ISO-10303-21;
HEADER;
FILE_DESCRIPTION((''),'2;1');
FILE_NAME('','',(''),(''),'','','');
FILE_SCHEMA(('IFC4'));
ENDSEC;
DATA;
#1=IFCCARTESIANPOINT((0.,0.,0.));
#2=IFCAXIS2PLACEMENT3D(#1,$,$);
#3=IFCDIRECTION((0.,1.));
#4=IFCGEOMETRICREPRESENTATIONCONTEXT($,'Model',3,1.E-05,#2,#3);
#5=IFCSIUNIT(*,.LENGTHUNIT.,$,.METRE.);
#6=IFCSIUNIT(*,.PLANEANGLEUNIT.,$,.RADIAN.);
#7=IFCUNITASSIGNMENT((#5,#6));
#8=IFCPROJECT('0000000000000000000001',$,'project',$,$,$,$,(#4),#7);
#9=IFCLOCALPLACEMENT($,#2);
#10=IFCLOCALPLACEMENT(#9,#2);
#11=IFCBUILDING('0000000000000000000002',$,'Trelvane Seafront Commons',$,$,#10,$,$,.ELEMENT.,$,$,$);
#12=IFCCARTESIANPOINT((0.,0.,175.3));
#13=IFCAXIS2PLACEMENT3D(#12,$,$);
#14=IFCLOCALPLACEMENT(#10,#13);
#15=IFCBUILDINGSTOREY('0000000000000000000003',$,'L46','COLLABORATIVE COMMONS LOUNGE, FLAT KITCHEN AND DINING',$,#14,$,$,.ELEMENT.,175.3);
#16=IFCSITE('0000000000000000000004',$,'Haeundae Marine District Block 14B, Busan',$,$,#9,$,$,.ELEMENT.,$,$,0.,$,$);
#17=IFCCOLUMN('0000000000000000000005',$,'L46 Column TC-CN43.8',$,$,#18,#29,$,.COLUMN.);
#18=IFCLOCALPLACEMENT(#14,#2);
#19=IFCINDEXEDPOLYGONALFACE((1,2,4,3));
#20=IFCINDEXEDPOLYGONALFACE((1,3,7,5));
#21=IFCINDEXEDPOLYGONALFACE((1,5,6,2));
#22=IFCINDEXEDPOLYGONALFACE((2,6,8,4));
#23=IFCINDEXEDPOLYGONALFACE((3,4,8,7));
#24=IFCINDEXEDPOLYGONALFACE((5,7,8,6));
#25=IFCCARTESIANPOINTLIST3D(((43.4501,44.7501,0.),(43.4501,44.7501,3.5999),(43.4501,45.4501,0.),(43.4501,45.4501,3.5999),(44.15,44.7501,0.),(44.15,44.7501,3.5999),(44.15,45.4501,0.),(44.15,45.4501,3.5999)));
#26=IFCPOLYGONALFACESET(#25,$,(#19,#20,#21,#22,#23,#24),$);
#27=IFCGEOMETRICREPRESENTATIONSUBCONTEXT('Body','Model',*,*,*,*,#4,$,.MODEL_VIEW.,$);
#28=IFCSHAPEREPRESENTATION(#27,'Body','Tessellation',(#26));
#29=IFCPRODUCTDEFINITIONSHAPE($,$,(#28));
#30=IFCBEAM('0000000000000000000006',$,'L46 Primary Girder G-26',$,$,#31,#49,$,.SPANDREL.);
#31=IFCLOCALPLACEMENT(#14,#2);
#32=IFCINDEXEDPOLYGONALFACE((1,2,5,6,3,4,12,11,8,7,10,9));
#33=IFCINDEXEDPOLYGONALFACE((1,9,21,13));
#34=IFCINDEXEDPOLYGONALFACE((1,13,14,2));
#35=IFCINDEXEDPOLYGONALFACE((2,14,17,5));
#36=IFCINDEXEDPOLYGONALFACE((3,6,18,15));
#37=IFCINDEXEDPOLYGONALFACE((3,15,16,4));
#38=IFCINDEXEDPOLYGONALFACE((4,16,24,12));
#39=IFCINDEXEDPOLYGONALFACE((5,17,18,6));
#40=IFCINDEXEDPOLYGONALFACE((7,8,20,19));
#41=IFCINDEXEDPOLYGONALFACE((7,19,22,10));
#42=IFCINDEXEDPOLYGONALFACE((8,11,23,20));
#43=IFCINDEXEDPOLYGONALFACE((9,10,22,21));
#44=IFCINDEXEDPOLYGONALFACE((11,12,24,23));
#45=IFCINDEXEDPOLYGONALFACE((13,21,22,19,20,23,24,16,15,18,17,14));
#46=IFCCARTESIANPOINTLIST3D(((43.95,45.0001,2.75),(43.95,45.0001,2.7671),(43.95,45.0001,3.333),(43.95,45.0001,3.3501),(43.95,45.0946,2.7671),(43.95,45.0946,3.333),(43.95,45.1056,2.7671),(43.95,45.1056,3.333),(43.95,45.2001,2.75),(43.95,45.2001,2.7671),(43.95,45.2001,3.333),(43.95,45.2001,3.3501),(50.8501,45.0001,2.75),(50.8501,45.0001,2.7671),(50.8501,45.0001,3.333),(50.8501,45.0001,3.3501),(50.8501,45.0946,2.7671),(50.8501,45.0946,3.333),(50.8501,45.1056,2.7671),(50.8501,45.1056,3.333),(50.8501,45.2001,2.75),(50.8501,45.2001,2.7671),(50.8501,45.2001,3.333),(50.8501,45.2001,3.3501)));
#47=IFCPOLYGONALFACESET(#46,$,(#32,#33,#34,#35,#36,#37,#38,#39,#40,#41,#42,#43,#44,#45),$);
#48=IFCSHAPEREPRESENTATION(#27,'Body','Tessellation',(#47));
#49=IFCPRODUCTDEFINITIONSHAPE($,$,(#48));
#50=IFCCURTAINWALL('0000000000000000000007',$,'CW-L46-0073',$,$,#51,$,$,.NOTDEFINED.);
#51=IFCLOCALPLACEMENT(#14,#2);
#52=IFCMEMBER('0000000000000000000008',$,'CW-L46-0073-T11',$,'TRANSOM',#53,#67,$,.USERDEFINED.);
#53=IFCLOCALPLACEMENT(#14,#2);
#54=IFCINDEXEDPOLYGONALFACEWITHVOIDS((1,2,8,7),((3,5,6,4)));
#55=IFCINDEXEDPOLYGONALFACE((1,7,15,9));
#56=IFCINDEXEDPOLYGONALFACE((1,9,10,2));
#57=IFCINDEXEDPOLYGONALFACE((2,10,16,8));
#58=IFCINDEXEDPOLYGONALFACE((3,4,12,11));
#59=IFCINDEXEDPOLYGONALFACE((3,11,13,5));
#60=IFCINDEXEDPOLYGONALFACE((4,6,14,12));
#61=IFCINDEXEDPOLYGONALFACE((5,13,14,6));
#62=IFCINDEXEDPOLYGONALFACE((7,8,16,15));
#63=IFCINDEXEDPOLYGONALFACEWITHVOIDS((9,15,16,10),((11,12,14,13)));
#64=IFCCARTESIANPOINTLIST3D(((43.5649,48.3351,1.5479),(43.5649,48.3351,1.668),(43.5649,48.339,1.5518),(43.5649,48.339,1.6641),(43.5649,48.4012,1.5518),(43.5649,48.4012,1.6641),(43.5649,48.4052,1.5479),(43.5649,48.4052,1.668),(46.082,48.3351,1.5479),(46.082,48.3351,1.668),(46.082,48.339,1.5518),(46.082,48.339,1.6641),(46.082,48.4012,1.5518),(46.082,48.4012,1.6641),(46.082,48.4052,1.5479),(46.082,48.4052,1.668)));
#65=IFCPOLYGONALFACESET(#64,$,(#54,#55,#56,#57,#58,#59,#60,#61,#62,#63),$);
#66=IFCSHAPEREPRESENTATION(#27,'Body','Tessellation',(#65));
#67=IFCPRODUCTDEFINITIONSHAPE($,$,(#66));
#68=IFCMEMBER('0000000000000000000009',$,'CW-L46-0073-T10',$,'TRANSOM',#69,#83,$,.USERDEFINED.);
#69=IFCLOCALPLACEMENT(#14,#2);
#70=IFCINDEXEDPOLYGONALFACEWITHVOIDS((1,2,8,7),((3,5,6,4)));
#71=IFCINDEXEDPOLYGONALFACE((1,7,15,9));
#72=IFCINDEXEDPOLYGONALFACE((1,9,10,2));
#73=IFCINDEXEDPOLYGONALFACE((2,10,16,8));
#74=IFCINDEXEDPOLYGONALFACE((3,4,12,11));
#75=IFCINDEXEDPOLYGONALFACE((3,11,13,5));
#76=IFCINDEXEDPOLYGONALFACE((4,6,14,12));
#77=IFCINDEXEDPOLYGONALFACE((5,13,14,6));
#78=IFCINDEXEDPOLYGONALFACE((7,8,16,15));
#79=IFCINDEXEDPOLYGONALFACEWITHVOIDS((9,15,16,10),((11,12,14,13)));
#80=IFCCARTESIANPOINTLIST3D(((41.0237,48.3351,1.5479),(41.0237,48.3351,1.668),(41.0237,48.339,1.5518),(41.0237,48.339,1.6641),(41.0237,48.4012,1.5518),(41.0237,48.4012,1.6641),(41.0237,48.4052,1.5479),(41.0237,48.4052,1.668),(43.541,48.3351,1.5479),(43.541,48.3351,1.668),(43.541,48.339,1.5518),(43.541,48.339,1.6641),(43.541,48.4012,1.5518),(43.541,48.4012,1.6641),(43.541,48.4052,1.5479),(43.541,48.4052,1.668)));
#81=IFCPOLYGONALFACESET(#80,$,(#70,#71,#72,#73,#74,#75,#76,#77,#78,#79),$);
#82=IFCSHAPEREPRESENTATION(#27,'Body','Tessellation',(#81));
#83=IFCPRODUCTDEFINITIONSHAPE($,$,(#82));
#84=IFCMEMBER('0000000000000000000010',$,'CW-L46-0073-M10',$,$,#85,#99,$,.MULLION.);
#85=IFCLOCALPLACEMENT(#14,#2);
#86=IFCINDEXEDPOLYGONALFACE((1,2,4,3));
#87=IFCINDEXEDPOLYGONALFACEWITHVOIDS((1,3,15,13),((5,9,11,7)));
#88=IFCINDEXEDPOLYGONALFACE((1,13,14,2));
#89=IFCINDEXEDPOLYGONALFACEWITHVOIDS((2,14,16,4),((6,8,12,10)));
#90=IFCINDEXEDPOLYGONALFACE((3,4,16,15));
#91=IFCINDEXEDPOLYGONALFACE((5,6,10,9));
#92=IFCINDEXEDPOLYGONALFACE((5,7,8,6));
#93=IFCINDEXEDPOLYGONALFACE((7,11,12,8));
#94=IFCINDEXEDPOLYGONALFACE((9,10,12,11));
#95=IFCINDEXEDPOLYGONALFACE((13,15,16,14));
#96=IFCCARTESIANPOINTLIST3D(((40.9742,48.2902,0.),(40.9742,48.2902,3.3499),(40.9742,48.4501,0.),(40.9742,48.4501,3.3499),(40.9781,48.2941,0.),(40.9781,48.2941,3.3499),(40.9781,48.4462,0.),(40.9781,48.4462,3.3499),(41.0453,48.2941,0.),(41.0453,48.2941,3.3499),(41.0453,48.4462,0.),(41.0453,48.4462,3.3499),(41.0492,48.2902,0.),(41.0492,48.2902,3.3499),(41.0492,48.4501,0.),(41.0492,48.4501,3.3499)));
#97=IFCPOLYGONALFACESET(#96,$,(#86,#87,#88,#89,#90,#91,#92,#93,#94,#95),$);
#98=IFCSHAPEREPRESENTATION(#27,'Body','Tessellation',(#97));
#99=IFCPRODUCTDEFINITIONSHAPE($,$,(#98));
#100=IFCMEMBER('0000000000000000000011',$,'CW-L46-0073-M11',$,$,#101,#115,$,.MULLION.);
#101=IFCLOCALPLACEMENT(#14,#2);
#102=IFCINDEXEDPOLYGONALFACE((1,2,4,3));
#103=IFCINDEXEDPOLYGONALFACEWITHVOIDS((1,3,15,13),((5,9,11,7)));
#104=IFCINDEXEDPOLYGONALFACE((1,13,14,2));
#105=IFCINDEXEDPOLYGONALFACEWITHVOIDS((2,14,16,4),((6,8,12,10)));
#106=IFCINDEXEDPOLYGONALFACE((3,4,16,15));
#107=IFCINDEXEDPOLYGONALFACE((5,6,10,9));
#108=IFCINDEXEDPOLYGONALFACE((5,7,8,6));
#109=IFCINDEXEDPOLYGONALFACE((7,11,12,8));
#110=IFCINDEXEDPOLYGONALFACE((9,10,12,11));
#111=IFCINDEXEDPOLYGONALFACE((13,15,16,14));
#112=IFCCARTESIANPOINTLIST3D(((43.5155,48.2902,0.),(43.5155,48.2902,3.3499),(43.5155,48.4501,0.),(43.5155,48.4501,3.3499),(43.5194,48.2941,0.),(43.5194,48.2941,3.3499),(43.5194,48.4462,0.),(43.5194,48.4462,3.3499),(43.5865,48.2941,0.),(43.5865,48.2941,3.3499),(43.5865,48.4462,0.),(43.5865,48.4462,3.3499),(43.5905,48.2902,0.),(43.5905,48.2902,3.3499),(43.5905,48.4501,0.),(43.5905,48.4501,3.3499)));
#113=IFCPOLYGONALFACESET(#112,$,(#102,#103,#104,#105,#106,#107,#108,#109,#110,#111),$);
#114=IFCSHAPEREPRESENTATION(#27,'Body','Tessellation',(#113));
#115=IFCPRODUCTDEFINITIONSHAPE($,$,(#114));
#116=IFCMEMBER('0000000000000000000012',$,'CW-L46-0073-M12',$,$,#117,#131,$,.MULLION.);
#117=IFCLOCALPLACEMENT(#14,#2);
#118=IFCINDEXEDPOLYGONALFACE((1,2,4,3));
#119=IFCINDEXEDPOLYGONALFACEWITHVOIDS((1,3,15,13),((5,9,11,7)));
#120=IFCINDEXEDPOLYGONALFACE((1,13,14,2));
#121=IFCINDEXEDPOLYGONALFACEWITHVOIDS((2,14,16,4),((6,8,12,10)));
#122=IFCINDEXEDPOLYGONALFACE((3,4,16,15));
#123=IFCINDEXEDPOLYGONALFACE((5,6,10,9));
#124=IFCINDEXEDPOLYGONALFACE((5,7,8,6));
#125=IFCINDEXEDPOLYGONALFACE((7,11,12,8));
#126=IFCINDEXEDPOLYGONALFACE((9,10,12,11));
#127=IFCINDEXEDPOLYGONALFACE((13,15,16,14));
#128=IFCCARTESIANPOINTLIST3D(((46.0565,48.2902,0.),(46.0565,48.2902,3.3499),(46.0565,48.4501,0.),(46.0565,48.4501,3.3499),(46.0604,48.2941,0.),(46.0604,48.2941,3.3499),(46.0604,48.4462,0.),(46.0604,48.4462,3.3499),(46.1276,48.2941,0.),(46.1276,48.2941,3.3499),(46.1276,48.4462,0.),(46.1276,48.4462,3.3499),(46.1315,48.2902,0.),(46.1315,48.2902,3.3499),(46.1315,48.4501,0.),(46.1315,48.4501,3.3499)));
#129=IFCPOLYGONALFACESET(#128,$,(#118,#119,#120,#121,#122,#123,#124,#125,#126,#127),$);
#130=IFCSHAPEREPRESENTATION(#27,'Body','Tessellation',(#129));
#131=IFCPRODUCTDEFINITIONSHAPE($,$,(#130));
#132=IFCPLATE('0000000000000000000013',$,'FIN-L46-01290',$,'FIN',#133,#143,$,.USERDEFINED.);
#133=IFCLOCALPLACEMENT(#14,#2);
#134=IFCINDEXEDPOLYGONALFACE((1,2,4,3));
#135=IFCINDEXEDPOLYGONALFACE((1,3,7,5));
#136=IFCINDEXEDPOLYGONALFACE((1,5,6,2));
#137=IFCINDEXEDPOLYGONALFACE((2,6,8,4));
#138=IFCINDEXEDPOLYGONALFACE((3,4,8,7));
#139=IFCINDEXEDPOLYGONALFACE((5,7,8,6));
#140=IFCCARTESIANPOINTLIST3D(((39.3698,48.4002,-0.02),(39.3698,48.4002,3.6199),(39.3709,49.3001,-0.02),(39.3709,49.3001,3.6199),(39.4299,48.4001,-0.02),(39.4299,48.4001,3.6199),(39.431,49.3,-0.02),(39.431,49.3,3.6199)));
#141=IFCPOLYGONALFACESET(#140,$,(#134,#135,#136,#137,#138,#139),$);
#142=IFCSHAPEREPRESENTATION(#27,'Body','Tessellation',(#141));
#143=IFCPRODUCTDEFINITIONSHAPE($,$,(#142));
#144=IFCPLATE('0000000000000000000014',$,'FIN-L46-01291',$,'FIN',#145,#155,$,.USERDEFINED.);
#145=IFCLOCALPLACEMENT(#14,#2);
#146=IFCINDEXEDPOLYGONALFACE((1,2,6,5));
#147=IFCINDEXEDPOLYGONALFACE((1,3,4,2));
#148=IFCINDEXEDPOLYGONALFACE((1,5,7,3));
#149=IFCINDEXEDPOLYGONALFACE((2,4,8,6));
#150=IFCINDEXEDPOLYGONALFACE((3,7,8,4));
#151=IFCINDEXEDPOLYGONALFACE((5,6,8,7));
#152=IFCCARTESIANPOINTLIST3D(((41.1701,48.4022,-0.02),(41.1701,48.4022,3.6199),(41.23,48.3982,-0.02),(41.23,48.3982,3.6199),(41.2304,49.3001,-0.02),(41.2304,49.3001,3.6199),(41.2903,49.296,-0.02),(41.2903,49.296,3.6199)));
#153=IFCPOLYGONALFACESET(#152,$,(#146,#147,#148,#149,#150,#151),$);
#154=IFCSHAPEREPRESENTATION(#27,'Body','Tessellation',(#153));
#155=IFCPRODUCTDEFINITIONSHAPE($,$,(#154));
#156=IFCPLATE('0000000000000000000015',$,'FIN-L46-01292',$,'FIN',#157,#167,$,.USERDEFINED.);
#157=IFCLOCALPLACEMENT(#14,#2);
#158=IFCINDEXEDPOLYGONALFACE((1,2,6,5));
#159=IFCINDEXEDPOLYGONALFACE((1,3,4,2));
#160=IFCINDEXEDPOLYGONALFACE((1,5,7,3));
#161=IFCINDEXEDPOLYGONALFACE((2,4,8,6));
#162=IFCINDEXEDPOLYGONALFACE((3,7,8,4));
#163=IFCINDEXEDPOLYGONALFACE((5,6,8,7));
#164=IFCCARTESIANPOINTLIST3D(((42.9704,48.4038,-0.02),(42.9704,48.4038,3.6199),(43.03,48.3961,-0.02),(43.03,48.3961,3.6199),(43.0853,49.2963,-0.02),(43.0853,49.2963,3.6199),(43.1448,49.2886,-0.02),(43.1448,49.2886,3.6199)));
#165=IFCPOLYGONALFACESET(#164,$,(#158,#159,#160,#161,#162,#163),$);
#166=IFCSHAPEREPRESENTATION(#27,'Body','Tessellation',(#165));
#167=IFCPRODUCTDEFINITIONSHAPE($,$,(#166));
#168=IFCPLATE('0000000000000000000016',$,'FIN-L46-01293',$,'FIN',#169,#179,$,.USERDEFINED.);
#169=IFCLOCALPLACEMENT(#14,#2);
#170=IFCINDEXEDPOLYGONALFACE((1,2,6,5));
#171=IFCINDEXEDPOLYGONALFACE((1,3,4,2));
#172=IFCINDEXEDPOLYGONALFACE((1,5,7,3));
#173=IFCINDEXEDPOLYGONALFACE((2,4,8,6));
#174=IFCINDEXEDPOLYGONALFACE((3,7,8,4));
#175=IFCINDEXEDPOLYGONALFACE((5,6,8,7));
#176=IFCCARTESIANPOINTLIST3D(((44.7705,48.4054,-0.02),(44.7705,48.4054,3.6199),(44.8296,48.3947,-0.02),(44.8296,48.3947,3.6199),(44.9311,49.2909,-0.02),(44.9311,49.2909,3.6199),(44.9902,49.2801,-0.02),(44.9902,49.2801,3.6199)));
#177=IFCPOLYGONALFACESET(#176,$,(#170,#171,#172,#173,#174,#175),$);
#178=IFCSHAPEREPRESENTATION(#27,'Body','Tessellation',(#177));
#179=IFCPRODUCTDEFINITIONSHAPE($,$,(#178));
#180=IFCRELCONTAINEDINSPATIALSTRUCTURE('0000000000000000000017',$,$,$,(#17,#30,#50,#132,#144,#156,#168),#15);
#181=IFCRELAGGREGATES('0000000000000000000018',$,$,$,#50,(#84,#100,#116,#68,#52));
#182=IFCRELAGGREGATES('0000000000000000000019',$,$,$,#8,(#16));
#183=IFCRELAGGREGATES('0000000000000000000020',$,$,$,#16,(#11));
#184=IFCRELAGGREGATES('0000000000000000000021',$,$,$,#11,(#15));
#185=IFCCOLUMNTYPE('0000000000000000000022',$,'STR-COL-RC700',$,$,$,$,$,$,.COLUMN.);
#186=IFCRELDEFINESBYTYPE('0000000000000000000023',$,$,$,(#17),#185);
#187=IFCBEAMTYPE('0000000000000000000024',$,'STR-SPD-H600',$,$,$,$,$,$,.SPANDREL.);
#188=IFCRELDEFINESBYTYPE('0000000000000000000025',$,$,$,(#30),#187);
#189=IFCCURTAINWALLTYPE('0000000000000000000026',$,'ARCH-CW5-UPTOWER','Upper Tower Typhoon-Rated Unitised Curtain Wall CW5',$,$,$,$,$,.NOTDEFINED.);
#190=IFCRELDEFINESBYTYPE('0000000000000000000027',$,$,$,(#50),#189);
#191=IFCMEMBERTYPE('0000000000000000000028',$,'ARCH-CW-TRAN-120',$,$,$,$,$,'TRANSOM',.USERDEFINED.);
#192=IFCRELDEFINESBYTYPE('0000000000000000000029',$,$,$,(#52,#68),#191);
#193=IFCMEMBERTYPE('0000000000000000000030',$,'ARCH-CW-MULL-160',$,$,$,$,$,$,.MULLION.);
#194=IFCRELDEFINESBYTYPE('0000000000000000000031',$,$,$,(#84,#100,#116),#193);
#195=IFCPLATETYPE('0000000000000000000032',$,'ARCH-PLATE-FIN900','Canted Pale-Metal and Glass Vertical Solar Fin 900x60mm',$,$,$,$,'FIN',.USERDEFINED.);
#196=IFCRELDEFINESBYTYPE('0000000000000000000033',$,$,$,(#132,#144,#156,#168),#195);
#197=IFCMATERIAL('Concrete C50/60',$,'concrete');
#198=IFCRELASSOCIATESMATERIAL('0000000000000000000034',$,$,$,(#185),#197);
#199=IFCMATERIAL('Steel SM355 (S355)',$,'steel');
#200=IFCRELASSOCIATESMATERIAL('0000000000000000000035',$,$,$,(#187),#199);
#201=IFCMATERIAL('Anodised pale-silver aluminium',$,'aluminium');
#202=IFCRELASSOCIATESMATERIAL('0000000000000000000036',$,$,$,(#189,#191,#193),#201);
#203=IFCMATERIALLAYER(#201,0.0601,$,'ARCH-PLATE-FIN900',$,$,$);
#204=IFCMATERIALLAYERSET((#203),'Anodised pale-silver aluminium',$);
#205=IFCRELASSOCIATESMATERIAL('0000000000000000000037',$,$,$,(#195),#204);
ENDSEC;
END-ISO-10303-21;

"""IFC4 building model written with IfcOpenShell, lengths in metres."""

from ifc_helpers import new_model, si_unit, direction, frame, origin, origin_2d, place, context, subcontext, project, spatial, rectangle, hollow_rectangle, i_section, extrude, source, transform, mapped, material, layer, layer_set, material_profile, profile_set, type_object, element, aggregate, save


model = new_model("IFC4")

# Units and contexts
model_context = context("Model", 3, precision=1e-05, world=origin(), true_north=direction((0.0, 1.0)))
body_context = subcontext(model_context, "Body", "Model", "MODEL_VIEW")
ifc_project = project(units=[si_unit("LENGTHUNIT", "METRE"), si_unit("PLANEANGLEUNIT", "RADIAN")], contexts=[model_context])

# Site, building, storey
site_placement = place(None, origin())
site = spatial("IfcSite", under=ifc_project, at=site_placement, Name="Haeundae Marine District Block 14B, Busan", CompositionType="ELEMENT", RefElevation=0.0)
building_placement = place(site_placement, origin())
building = spatial("IfcBuilding", under=site, at=building_placement, Name="Trelvane Seafront Commons", CompositionType="ELEMENT")
storey_placement = place(building_placement, frame((0.0, 0.0, 175.3)))
storey = spatial("IfcBuildingStorey", under=building, at=storey_placement, Name="L46", Description="COLLABORATIVE COMMONS LOUNGE, FLAT KITCHEN AND DINING", CompositionType="ELEMENT", Elevation=175.3)

# Column
ifc_material_1 = material(Name="Concrete C50/60", Category="concrete")
ifc_material_profile_1 = material_profile(ifc_material_1, rectangle(XDim=0.7, YDim=0.7, at=origin_2d()), Name="RC-700x700")
ifc_profile_set_1 = profile_set([ifc_material_profile_1], Name="Concrete C50/60")
column_type = type_object("IfcColumnType", Name="STR-COL-RC700", PredefinedType="COLUMN", material=ifc_profile_set_1)
shared_shape_1 = source(origin(), body_context, "Body", "SweptSolid", [
    extrude(rectangle(XDim=0.7, YDim=0.7, at=origin_2d()), origin(), (0.0, 0.0, 1.0), 3.5999),
])
column_placement = place(storey_placement, frame((43.8, 45.1001, 0.0), z_axis=(0.0, 0.0, 1.0), x_axis=(1.0, 0.0, 0.0)))
element("IfcColumn", 1, at=column_placement, inside=storey, type_object=column_type, Name="L46 Column TC-CN43.8", PredefinedType="COLUMN", context=body_context, shape_type="MappedRepresentation", body=[
    mapped(shared_shape_1, transform((0.0, 0.0, 0.0), x_axis=(1.0, 0.0, 0.0), y_axis=(0.0, 1.0, 0.0), z_axis=(0.0, 0.0, 1.0), scale=1.0)),
])

# Beam
ifc_material_2 = material(Name="Steel SM355 (S355)", Category="steel")
ifc_material_profile_2 = material_profile(ifc_material_2, i_section(OverallWidth=0.2, OverallDepth=0.6001, WebThickness=0.011, FlangeThickness=0.0171, at=origin_2d()), Name="H-600x200x11x17")
ifc_profile_set_2 = profile_set([ifc_material_profile_2], Name="Steel SM355 (S355)")
beam_type = type_object("IfcBeamType", Name="STR-SPD-H600", PredefinedType="SPANDREL", material=ifc_profile_set_2)
shared_shape_2 = source(origin(), body_context, "Body", "SweptSolid", [
    extrude(i_section(OverallWidth=0.2, OverallDepth=0.6001, WebThickness=0.011, FlangeThickness=0.0171, at=origin_2d()), origin(), (0.0, 0.0, 1.0), 6.9001),
])
beam_placement = place(storey_placement, frame((43.95, 45.1001, 3.05), z_axis=(1.0, 0.0, 0.0), x_axis=(0.0, 1.0, 0.0)))
element("IfcBeam", 2, at=beam_placement, inside=storey, type_object=beam_type, Name="L46 Primary Girder G-26", PredefinedType="SPANDREL", context=body_context, shape_type="MappedRepresentation", body=[
    mapped(shared_shape_2, transform((0.0, 0.0, 0.0), x_axis=(1.0, 0.0, 0.0), y_axis=(0.0, 1.0, 0.0), z_axis=(0.0, 0.0, 1.0), scale=1.0)),
])

# Curtain wall, members
ifc_material_3 = material(Name="Anodised pale-silver aluminium", Category="aluminium")
curtain_wall_type = type_object("IfcCurtainWallType", Name="ARCH-CW5-UPTOWER", Description="Upper Tower Typhoon-Rated Unitised Curtain Wall CW5", PredefinedType="NOTDEFINED", material=ifc_material_3)
curtain_wall_placement = place(storey_placement, origin())
curtain_wall = element("IfcCurtainWall", 3, at=curtain_wall_placement, inside=storey, type_object=curtain_wall_type, Name="CW-L46-0073", PredefinedType="NOTDEFINED")
ifc_material_profile_3 = material_profile(ifc_material_3, hollow_rectangle(XDim=0.0701, YDim=0.1201, WallThickness=0.0039, at=origin_2d()), Name="TRAN-70x120x4")
ifc_profile_set_3 = profile_set([ifc_material_profile_3], Name="Anodised pale-silver aluminium")
member_type_1 = type_object("IfcMemberType", Name="ARCH-CW-TRAN-120", ElementType="TRANSOM", PredefinedType="USERDEFINED", material=ifc_profile_set_3)
shared_shape_3 = source(origin(), body_context, "Body", "SweptSolid", [
    extrude(hollow_rectangle(XDim=0.0701, YDim=0.1201, WallThickness=0.0039, at=origin_2d()), origin(), (0.0, 0.0, 1.0), 2.5171),
])
member_1_placement = place(storey_placement, frame((43.5649, 48.3701, 1.6079), z_axis=(1.0, 0.0, 0.0), x_axis=(0.0, 1.0, 0.0)))
member_1 = element("IfcMember", 4, at=member_1_placement, type_object=member_type_1, Name="CW-L46-0073-T11", ObjectType="TRANSOM", PredefinedType="USERDEFINED", context=body_context, shape_type="MappedRepresentation", body=[
    mapped(shared_shape_3, transform((0.0, 0.0, 0.0), x_axis=(1.0, 0.0, 0.0), y_axis=(0.0, 1.0, 0.0), z_axis=(0.0, 0.0, 1.0), scale=1.0)),
])
shared_shape_4 = source(origin(), body_context, "Body", "SweptSolid", [
    extrude(hollow_rectangle(XDim=0.0701, YDim=0.1201, WallThickness=0.0039, at=origin_2d()), origin(), (0.0, 0.0, 1.0), 2.5173),
])
member_2_placement = place(storey_placement, frame((41.0237, 48.3701, 1.6079), z_axis=(1.0, 0.0, 0.0), x_axis=(0.0, 1.0, 0.0)))
member_2 = element("IfcMember", 5, at=member_2_placement, type_object=member_type_1, Name="CW-L46-0073-T10", ObjectType="TRANSOM", PredefinedType="USERDEFINED", context=body_context, shape_type="MappedRepresentation", body=[
    mapped(shared_shape_4, transform((0.0, 0.0, 0.0), x_axis=(1.0, 0.0, 0.0), y_axis=(0.0, 1.0, 0.0), z_axis=(0.0, 0.0, 1.0), scale=1.0)),
])
ifc_material_profile_4 = material_profile(ifc_material_3, hollow_rectangle(XDim=0.075, YDim=0.1599, WallThickness=0.0039, at=origin_2d()), Name="MULL-75x160x4")
ifc_profile_set_4 = profile_set([ifc_material_profile_4], Name="Anodised pale-silver aluminium")
member_type_2 = type_object("IfcMemberType", Name="ARCH-CW-MULL-160", PredefinedType="MULLION", material=ifc_profile_set_4)
shared_shape_5 = source(origin(), body_context, "Body", "SweptSolid", [
    extrude(hollow_rectangle(XDim=0.075, YDim=0.1599, WallThickness=0.0039, at=origin_2d()), origin(), (0.0, 0.0, 1.0), 3.3499),
])
member_3_placement = place(storey_placement, frame((41.0117, 48.3701, 0.0), z_axis=(0.0, 0.0, 1.0), x_axis=(1.0, 0.0, 0.0)))
member_3 = element("IfcMember", 6, at=member_3_placement, type_object=member_type_2, Name="CW-L46-0073-M10", PredefinedType="MULLION", context=body_context, shape_type="MappedRepresentation", body=[
    mapped(shared_shape_5, transform((0.0, 0.0, 0.0), x_axis=(1.0, 0.0, 0.0), y_axis=(0.0, 1.0, 0.0), z_axis=(0.0, 0.0, 1.0), scale=1.0)),
])
member_4_placement = place(storey_placement, frame((43.553, 48.3701, 0.0), z_axis=(0.0, 0.0, 1.0), x_axis=(1.0, 0.0, 0.0)))
member_4 = element("IfcMember", 7, at=member_4_placement, type_object=member_type_2, Name="CW-L46-0073-M11", PredefinedType="MULLION", context=body_context, shape_type="MappedRepresentation", body=[
    mapped(shared_shape_5, transform((0.0, 0.0, 0.0), x_axis=(1.0, 0.0, 0.0), y_axis=(0.0, 1.0, 0.0), z_axis=(0.0, 0.0, 1.0), scale=1.0)),
])
member_5_placement = place(storey_placement, frame((46.094, 48.3701, 0.0), z_axis=(0.0, 0.0, 1.0), x_axis=(1.0, 0.0, 0.0)))
member_5 = element("IfcMember", 8, at=member_5_placement, type_object=member_type_2, Name="CW-L46-0073-M12", PredefinedType="MULLION", context=body_context, shape_type="MappedRepresentation", body=[
    mapped(shared_shape_5, transform((0.0, 0.0, 0.0), x_axis=(1.0, 0.0, 0.0), y_axis=(0.0, 1.0, 0.0), z_axis=(0.0, 0.0, 1.0), scale=1.0)),
])

# Plates
ifc_layer_1 = layer(ifc_material_3, 0.0601, Name="ARCH-PLATE-FIN900")
ifc_layer_set_1 = layer_set([ifc_layer_1], Name="Anodised pale-silver aluminium")
plate_type_1 = type_object("IfcPlateType", Name="ARCH-PLATE-FIN900", Description="Canted Pale-Metal and Glass Vertical Solar Fin 900x60mm", ElementType="FIN", PredefinedType="USERDEFINED", material=ifc_layer_set_1)
shared_shape_6 = source(origin(), body_context, "Body", "SweptSolid", [
    extrude(rectangle(XDim=0.8999, YDim=0.0601, at=origin_2d()), origin(), (0.0, 0.0, 1.0), 3.6399),
])
for number, where, z_axis, x_axis, name in (
    (9, (39.4004, 48.8501, -0.02), (0.0, 0.0, 1.0), (0.001222, 0.999999, 0.0), "FIN-L46-01290"),
    (10, (41.2302, 48.8491, -0.02), (0.0, 0.0, 1.0), (0.066998, 0.997753, 0.0), "FIN-L46-01291"),
    (11, (43.0576, 48.8462, -0.02), (0.0, 0.0, 1.0), (0.127672, 0.991816, 0.0), "FIN-L46-01292"),
    (12, (44.8804, 48.8428, -0.02), (0.0, 0.0, 1.0), (0.178436, 0.983951, 0.0), "FIN-L46-01293"),
):
    element("IfcPlate", number, at=place(storey_placement, frame(where, z_axis=z_axis, x_axis=x_axis)), inside=storey, type_object=plate_type_1, Name=name, ObjectType="FIN", PredefinedType="USERDEFINED", context=body_context, shape_type="MappedRepresentation", body=[
        mapped(shared_shape_6, transform((0.0, 0.0, 0.0), x_axis=(1.0, 0.0, 0.0), y_axis=(0.0, 1.0, 0.0), z_axis=(0.0, 0.0, 1.0), scale=1.0)),
    ])

aggregate(curtain_wall, [member_3, member_4, member_5, member_2, member_1])

save(model, "model.ifc")
